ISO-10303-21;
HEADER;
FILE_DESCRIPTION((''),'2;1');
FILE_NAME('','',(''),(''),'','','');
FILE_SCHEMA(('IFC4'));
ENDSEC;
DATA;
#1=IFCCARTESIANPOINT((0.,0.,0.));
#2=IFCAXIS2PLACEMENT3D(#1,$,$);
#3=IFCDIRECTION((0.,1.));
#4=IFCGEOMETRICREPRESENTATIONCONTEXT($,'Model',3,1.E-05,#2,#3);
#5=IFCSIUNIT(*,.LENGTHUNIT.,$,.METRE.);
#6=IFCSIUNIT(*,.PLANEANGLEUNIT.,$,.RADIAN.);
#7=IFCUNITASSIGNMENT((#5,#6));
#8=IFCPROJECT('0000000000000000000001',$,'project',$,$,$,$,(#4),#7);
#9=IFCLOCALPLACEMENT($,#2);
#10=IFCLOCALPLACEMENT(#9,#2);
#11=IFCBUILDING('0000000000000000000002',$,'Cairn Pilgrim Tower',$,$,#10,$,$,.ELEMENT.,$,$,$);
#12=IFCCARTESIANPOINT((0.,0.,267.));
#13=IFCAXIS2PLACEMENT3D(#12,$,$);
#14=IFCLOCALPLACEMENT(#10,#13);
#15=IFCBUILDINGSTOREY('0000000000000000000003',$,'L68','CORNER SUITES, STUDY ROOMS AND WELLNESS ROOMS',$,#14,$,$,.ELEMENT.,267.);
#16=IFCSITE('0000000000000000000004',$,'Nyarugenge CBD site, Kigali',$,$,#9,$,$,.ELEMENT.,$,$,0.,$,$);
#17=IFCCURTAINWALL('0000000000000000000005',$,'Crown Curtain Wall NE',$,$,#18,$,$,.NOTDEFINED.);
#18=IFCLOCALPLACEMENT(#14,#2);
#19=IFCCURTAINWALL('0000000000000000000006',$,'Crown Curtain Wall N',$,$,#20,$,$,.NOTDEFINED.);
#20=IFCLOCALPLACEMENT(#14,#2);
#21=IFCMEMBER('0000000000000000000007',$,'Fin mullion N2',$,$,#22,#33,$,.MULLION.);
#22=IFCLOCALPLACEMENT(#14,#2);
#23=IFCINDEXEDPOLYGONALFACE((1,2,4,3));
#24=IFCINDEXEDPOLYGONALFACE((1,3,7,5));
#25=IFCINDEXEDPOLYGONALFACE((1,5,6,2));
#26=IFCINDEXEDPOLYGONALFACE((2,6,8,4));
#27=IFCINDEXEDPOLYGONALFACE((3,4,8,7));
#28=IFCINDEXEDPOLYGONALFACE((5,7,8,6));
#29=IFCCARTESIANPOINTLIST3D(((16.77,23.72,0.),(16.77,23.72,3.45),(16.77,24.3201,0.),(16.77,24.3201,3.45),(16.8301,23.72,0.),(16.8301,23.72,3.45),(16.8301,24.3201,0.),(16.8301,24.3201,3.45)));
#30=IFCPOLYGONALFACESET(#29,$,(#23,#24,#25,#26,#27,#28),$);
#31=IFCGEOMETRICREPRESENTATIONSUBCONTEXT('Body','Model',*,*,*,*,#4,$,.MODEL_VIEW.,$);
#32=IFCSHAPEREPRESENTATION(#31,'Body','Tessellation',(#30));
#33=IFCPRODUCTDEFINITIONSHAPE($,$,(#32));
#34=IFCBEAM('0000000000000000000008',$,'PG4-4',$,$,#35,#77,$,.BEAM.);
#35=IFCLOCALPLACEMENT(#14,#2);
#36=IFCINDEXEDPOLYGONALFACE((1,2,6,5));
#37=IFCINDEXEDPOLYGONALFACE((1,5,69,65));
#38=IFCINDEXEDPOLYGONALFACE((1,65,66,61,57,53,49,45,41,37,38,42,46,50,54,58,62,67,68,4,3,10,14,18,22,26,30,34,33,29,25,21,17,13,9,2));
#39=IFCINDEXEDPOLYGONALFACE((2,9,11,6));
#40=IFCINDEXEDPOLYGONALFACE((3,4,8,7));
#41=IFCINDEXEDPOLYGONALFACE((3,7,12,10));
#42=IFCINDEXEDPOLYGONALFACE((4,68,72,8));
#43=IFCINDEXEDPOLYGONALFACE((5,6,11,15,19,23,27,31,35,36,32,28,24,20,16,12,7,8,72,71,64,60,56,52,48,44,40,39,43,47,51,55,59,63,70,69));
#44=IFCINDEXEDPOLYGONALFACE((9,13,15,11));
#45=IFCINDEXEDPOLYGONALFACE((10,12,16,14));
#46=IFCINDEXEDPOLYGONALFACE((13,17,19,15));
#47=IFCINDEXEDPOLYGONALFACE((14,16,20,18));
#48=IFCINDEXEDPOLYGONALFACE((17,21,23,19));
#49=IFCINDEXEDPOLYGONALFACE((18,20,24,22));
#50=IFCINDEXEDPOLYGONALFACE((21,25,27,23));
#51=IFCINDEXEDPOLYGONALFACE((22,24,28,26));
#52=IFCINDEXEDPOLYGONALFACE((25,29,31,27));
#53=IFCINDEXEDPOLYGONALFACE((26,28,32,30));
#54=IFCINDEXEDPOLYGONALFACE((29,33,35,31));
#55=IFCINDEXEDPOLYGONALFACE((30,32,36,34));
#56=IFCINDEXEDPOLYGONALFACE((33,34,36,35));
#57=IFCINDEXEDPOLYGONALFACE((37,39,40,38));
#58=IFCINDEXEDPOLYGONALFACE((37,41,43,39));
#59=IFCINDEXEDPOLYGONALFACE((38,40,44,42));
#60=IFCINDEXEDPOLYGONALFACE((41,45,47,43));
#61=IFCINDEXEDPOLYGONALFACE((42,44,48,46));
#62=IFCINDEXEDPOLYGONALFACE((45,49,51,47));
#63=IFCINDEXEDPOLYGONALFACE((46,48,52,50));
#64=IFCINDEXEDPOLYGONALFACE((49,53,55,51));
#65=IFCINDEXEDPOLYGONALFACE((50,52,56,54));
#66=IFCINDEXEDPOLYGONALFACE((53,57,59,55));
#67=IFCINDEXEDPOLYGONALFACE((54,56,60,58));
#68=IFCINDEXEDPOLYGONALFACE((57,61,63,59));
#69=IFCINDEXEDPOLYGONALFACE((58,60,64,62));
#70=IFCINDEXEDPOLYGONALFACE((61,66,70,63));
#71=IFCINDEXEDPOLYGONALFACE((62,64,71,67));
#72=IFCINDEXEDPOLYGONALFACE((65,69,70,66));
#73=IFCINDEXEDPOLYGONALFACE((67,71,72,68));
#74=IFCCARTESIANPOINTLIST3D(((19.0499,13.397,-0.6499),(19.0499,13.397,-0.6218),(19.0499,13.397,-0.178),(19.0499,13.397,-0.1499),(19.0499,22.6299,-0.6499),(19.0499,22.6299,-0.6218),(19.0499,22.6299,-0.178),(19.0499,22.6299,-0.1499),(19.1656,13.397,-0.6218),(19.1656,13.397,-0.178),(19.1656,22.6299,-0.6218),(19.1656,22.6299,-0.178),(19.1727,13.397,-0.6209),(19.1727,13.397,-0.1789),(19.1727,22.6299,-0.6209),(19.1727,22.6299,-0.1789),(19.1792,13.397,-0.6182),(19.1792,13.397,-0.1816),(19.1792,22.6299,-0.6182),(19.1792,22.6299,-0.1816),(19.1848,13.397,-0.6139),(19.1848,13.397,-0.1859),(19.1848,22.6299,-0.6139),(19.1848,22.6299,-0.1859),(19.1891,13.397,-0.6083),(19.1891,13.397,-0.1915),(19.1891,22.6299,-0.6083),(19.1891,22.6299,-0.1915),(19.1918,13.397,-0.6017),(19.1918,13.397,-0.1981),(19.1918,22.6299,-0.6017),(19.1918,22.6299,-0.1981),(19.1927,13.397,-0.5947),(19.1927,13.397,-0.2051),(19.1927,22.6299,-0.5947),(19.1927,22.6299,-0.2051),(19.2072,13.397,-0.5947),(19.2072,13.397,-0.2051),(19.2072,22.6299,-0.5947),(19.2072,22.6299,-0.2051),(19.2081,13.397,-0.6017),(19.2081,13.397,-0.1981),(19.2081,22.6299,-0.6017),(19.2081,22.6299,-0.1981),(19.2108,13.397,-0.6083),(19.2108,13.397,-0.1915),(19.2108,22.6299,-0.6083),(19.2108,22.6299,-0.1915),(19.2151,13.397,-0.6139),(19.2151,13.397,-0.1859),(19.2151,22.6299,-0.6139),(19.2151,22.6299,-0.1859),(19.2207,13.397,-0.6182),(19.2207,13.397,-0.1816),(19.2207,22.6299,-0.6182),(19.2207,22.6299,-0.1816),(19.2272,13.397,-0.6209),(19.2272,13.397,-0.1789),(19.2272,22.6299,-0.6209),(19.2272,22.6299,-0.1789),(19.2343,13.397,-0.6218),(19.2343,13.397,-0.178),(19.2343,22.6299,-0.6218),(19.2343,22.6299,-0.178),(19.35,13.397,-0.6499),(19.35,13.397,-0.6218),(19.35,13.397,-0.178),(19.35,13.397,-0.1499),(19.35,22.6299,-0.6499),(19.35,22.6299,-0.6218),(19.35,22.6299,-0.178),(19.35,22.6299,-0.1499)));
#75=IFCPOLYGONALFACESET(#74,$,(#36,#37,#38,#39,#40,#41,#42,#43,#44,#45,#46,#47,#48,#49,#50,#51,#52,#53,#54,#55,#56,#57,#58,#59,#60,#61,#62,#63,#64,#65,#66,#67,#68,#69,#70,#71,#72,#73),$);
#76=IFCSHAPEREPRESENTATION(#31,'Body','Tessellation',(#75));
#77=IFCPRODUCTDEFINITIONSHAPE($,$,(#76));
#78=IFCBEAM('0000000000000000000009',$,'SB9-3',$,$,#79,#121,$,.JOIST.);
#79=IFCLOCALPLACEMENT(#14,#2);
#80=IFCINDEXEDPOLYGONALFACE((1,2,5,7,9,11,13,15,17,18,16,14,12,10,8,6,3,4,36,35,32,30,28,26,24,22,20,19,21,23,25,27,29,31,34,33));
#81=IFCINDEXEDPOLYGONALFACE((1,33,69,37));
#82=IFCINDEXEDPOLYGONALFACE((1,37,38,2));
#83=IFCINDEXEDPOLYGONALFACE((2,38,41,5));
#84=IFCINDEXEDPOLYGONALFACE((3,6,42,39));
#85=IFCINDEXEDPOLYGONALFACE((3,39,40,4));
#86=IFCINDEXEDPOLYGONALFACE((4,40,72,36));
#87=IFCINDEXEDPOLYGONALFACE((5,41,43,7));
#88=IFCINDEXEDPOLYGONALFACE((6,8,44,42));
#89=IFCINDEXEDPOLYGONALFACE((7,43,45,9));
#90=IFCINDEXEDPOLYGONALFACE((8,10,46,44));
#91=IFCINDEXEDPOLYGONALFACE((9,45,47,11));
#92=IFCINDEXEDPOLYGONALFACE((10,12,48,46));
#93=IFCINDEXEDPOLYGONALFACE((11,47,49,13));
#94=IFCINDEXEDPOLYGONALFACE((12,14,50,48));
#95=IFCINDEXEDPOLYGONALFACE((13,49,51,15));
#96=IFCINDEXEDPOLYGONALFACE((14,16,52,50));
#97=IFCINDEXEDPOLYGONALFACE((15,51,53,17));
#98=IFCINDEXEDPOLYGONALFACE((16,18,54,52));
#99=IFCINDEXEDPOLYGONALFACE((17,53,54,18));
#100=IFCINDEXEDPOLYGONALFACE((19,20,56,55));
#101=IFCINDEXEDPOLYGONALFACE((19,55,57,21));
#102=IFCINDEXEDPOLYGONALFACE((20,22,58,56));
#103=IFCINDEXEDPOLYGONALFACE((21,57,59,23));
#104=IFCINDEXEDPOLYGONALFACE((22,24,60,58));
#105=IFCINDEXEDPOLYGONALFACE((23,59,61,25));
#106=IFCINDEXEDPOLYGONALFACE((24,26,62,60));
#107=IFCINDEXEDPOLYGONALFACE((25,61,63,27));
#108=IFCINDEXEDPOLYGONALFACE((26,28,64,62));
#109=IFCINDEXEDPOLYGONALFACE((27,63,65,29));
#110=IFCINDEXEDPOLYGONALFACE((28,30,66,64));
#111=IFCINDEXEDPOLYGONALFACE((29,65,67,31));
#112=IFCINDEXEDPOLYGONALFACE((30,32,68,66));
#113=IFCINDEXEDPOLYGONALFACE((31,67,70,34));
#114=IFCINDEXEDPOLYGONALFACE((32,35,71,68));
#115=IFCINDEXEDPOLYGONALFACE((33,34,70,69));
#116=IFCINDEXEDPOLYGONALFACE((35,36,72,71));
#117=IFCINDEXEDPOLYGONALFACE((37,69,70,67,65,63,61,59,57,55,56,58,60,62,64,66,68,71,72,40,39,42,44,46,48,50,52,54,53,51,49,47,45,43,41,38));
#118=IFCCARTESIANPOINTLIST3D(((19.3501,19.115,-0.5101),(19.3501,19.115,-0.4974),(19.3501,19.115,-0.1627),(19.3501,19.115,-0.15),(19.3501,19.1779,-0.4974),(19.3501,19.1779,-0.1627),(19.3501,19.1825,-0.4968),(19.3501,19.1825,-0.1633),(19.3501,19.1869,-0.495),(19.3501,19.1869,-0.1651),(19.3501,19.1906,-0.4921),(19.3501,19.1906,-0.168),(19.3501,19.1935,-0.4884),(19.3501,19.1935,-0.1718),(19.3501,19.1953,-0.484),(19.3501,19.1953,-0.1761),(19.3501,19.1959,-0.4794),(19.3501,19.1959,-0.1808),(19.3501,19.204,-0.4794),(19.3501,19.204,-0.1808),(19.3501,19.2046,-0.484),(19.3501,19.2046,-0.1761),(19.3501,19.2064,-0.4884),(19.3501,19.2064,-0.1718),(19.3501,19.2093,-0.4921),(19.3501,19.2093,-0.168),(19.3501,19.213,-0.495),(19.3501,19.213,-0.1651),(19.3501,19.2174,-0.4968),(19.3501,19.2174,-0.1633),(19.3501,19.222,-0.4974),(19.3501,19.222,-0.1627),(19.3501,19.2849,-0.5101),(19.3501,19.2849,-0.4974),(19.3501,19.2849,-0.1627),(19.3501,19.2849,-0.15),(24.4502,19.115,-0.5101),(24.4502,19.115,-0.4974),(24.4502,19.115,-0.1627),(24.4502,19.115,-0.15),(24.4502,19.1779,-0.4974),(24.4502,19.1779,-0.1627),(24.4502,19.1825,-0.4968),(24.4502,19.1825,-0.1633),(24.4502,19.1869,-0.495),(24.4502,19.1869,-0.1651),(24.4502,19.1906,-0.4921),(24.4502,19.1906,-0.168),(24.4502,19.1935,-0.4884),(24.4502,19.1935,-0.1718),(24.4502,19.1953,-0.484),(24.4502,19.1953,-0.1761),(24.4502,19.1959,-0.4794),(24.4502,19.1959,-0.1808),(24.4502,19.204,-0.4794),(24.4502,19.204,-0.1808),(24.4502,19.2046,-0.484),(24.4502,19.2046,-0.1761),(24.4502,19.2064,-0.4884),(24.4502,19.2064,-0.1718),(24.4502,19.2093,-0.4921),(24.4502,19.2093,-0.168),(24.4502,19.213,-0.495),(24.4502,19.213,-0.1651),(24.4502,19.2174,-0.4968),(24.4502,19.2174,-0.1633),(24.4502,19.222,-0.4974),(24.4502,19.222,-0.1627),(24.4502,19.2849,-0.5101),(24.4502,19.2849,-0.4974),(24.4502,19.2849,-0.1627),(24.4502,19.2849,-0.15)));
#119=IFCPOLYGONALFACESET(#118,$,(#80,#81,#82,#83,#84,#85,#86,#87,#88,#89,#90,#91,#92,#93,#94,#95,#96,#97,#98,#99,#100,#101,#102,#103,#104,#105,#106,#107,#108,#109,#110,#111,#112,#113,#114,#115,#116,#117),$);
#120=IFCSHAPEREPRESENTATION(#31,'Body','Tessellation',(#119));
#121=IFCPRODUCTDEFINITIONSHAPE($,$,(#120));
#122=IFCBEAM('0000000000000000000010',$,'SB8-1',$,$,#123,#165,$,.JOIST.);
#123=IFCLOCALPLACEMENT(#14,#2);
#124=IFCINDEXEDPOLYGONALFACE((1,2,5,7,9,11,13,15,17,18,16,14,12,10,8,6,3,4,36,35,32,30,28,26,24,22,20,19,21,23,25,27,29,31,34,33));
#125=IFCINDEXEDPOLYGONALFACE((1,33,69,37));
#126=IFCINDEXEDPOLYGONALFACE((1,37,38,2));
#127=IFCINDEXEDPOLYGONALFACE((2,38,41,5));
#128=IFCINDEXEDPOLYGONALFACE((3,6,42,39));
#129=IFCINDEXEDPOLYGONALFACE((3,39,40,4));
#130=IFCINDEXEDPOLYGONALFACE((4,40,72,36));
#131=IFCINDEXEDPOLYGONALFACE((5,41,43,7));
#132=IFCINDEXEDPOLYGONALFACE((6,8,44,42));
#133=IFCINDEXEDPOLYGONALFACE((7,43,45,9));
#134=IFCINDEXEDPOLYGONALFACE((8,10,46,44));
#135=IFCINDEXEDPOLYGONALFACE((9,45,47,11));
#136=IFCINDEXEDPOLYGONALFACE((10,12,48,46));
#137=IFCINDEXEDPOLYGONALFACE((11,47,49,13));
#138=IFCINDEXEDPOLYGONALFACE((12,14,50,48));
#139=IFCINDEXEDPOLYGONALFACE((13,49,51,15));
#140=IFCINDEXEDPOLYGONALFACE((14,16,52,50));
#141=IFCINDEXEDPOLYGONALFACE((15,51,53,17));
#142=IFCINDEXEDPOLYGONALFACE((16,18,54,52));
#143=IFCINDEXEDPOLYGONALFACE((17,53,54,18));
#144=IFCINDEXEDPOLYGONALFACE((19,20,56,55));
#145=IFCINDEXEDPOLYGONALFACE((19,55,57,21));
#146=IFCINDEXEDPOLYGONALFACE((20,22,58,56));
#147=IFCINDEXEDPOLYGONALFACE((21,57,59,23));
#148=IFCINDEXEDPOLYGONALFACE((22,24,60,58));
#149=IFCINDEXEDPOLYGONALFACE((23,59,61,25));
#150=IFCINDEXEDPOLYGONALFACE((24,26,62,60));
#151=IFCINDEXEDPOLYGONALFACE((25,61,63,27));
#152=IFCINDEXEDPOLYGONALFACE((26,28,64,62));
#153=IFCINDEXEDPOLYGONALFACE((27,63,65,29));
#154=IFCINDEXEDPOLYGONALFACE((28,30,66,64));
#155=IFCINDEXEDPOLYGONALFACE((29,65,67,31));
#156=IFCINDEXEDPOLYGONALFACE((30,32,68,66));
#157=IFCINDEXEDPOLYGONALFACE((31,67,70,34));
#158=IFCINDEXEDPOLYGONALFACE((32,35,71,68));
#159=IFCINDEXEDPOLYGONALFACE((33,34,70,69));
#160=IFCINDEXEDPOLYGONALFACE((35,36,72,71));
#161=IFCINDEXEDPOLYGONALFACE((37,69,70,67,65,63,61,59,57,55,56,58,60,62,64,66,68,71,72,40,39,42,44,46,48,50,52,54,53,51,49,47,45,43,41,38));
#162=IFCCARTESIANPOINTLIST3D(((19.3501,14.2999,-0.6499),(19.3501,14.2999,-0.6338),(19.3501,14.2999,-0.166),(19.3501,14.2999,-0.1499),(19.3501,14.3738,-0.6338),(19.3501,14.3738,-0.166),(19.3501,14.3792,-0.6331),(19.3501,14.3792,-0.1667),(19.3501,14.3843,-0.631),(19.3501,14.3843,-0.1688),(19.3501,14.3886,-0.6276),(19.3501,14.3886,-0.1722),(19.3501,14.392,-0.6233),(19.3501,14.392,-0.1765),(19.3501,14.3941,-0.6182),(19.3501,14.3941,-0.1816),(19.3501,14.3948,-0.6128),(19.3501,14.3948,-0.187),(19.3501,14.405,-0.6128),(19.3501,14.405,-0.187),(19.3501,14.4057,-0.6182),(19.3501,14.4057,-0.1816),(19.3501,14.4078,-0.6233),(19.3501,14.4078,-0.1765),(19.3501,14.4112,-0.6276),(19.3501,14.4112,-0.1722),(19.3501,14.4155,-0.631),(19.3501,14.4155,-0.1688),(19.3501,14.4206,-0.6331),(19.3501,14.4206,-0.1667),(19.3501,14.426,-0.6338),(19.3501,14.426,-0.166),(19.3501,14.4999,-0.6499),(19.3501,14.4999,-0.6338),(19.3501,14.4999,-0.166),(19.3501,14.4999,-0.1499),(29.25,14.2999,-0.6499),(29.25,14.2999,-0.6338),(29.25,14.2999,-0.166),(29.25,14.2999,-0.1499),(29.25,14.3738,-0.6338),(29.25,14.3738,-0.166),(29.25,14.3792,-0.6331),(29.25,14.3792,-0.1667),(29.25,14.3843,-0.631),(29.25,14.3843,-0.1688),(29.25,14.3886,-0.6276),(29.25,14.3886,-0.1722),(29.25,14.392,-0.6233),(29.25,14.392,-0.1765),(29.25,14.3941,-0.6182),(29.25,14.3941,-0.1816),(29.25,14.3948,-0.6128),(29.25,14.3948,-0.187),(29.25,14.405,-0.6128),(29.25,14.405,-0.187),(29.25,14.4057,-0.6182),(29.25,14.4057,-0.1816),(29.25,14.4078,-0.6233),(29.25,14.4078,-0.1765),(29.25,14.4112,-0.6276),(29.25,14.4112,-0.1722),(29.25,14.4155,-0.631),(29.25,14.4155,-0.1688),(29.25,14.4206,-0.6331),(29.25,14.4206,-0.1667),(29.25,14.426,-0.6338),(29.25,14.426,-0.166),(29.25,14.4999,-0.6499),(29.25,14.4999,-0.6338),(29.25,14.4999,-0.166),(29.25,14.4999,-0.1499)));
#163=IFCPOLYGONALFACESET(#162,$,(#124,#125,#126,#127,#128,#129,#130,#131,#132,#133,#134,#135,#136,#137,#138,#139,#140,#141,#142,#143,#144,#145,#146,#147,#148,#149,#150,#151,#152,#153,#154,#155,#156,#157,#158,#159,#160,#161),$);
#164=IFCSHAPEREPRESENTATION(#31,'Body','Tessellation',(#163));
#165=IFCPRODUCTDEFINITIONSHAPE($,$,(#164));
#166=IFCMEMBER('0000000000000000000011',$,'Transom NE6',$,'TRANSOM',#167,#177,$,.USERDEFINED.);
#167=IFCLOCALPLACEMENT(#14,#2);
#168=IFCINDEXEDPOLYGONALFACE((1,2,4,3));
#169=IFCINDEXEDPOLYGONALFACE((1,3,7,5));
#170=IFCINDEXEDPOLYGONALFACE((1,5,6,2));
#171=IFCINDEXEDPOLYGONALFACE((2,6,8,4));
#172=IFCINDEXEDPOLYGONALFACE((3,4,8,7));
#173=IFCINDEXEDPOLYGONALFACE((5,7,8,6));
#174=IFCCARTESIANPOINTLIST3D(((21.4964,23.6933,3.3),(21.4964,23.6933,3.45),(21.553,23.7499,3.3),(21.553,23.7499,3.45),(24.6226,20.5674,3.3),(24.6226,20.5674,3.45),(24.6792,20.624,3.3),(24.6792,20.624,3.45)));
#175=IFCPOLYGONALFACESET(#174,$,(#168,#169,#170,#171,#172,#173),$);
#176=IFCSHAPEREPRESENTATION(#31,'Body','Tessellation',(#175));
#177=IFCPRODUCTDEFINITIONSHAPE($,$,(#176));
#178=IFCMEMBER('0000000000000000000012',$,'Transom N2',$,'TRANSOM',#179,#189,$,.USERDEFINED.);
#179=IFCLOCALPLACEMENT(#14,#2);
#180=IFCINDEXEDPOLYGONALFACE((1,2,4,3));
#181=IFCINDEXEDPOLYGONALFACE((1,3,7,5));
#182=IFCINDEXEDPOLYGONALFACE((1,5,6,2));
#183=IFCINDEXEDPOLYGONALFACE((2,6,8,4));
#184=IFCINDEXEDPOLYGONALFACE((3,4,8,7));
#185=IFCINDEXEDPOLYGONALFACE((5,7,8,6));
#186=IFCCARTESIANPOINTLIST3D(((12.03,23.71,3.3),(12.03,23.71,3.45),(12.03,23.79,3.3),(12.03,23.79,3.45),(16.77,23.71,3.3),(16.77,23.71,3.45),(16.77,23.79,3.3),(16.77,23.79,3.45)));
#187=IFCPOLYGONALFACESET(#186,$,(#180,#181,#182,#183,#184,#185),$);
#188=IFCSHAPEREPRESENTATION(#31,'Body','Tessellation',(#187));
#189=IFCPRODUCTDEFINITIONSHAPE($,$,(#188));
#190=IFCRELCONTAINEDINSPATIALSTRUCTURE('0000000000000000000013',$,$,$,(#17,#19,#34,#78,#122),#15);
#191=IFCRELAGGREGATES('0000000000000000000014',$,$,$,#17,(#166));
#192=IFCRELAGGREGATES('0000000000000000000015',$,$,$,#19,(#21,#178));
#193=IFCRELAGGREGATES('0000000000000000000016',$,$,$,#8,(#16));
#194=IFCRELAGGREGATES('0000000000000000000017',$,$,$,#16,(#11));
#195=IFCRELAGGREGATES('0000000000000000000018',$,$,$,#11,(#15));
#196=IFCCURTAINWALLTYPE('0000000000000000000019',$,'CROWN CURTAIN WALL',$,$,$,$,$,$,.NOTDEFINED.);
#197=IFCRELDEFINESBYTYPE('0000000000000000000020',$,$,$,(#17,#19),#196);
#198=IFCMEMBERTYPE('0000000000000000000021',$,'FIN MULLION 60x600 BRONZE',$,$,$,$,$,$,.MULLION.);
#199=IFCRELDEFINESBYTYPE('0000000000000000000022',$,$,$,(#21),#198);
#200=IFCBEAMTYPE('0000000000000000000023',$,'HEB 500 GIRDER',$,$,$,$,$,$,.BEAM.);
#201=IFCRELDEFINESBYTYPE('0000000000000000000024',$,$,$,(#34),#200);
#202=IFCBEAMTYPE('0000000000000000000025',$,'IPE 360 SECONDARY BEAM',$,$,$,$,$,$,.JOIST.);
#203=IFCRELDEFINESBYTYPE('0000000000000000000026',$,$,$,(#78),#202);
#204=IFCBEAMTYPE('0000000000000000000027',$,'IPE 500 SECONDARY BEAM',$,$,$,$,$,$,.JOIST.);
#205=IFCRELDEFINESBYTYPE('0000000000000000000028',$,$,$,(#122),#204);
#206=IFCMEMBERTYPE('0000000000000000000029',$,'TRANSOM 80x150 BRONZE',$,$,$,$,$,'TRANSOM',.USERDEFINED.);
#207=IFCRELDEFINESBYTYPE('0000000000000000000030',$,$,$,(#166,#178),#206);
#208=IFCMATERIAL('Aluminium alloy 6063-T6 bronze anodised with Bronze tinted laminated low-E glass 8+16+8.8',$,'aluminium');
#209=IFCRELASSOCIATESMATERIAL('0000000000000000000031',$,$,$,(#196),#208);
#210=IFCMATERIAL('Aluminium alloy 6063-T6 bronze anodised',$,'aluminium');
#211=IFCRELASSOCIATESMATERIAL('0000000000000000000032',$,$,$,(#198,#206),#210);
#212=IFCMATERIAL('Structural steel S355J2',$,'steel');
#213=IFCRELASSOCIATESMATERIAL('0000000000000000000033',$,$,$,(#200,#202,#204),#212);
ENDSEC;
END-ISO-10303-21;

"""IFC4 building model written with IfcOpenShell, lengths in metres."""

from ifc_helpers import new_model, si_unit, direction, frame, origin, origin_2d, place, context, subcontext, project, spatial, rectangle, i_section, extrude, material, material_profile, profile_set, type_object, element, aggregate, save


model = new_model("IFC4")

# Units and contexts
model_context = context("Model", 3, precision=1e-05, world=origin(), true_north=direction((0.0, 1.0)))
body_context = subcontext(model_context, "Body", "Model", "MODEL_VIEW")
ifc_project = project(units=[si_unit("LENGTHUNIT", "METRE"), si_unit("PLANEANGLEUNIT", "RADIAN")], contexts=[model_context])

# Site, building, storey
site_placement = place(None, origin())
site = spatial("IfcSite", under=ifc_project, at=site_placement, Name="Nyarugenge CBD site, Kigali", CompositionType="ELEMENT", RefElevation=0.0)
building_placement = place(site_placement, origin())
building = spatial("IfcBuilding", under=site, at=building_placement, Name="Cairn Pilgrim Tower", CompositionType="ELEMENT")
storey_placement = place(building_placement, frame((0.0, 0.0, 267.0)))
storey = spatial("IfcBuildingStorey", under=building, at=storey_placement, Name="L68", Description="CORNER SUITES, STUDY ROOMS AND WELLNESS ROOMS", CompositionType="ELEMENT", Elevation=267.0)

# Shared definitions
ifc_material_1 = material(Name="Structural steel S355J2", Category="steel")

# Curtain walls, member
ifc_material_2 = material(Name="Aluminium alloy 6063-T6 bronze anodised with Bronze tinted laminated low-E glass 8+16+8.8", Category="aluminium")
curtain_wall_type = type_object("IfcCurtainWallType", Name="CROWN CURTAIN WALL", PredefinedType="NOTDEFINED", material=ifc_material_2)
curtain_wall_1_placement = place(storey_placement, origin())
curtain_wall_1 = element("IfcCurtainWall", 1, at=curtain_wall_1_placement, inside=storey, type_object=curtain_wall_type, Name="Crown Curtain Wall NE", PredefinedType="NOTDEFINED")
ifc_material_3 = material(Name="Aluminium alloy 6063-T6 bronze anodised", Category="aluminium")
ifc_material_profile_1 = material_profile(ifc_material_3, rectangle(XDim=0.6001, YDim=0.0601, at=origin_2d()), Name="FIN MULLION 60x600 BRONZE")
ifc_profile_set_1 = profile_set([ifc_material_profile_1], Name="Aluminium alloy 6063-T6 bronze anodised")
member_type_1 = type_object("IfcMemberType", Name="FIN MULLION 60x600 BRONZE", PredefinedType="MULLION", material=ifc_profile_set_1)
curtain_wall_2_placement = place(storey_placement, origin())
curtain_wall_2 = element("IfcCurtainWall", 2, at=curtain_wall_2_placement, inside=storey, type_object=curtain_wall_type, Name="Crown Curtain Wall N", PredefinedType="NOTDEFINED")
member_1_placement = place(storey_placement, frame((16.8, 24.02, 0.0), z_axis=(0.0, 0.0, 1.0), x_axis=(0.0, 1.0, 0.0)))
member_1 = element("IfcMember", 3, at=member_1_placement, type_object=member_type_1, Name="Fin mullion N2", PredefinedType="MULLION", context=body_context, shape_type="SweptSolid", body=[
    extrude(rectangle(XDim=0.6001, YDim=0.0601, at=origin_2d()), origin(), (0.0, 0.0, 1.0), 3.45),
])

# Beams
ifc_material_profile_2 = material_profile(ifc_material_1, i_section(OverallWidth=0.3, OverallDepth=0.5, WebThickness=0.0144, FlangeThickness=0.0281, FilletRadius=0.0271, at=origin_2d()), Name="HEB 500")
ifc_profile_set_2 = profile_set([ifc_material_profile_2], Name="Structural steel S355J2")
beam_type_1 = type_object("IfcBeamType", Name="HEB 500 GIRDER", PredefinedType="BEAM", material=ifc_profile_set_2)
beam_1_placement = place(storey_placement, frame((19.2, 13.397, -0.3999), z_axis=(0.0, 1.0, 0.0), x_axis=(-1.0, 0.0, 0.0)))
element("IfcBeam", 4, at=beam_1_placement, inside=storey, type_object=beam_type_1, Name="PG4-4", PredefinedType="BEAM", context=body_context, shape_type="SweptSolid", body=[
    extrude(i_section(OverallWidth=0.3, OverallDepth=0.5, WebThickness=0.0144, FlangeThickness=0.0281, FilletRadius=0.0271, at=origin_2d()), origin(), (0.0, 0.0, 1.0), 9.2329),
])
ifc_material_profile_3 = material_profile(ifc_material_1, i_section(OverallWidth=0.1699, OverallDepth=0.3601, WebThickness=0.0081, FlangeThickness=0.0127, FilletRadius=0.0181, at=origin_2d()), Name="IPE 360")
ifc_profile_set_3 = profile_set([ifc_material_profile_3], Name="Structural steel S355J2")
beam_type_2 = type_object("IfcBeamType", Name="IPE 360 SECONDARY BEAM", PredefinedType="JOIST", material=ifc_profile_set_3)
beam_2_placement = place(storey_placement, frame((19.3501, 19.2, -0.3301), z_axis=(1.0, 0.0, 0.0), x_axis=(0.0, 1.0, 0.0)))
element("IfcBeam", 5, at=beam_2_placement, inside=storey, type_object=beam_type_2, Name="SB9-3", PredefinedType="JOIST", context=body_context, shape_type="SweptSolid", body=[
    extrude(i_section(OverallWidth=0.1699, OverallDepth=0.3601, WebThickness=0.0081, FlangeThickness=0.0127, FilletRadius=0.0181, at=origin_2d()), origin(), (0.0, 0.0, 1.0), 5.1001),
])
ifc_material_profile_4 = material_profile(ifc_material_1, i_section(OverallWidth=0.2, OverallDepth=0.5, WebThickness=0.0103, FlangeThickness=0.0161, FilletRadius=0.021, at=origin_2d()), Name="IPE 500")
ifc_profile_set_4 = profile_set([ifc_material_profile_4], Name="Structural steel S355J2")
beam_type_3 = type_object("IfcBeamType", Name="IPE 500 SECONDARY BEAM", PredefinedType="JOIST", material=ifc_profile_set_4)
beam_3_placement = place(storey_placement, frame((19.3501, 14.3999, -0.3999), z_axis=(1.0, 0.0, 0.0), x_axis=(0.0, 1.0, 0.0)))
element("IfcBeam", 6, at=beam_3_placement, inside=storey, type_object=beam_type_3, Name="SB8-1", PredefinedType="JOIST", context=body_context, shape_type="SweptSolid", body=[
    extrude(i_section(OverallWidth=0.2, OverallDepth=0.5, WebThickness=0.0103, FlangeThickness=0.0161, FilletRadius=0.021, at=origin_2d()), origin(), (0.0, 0.0, 1.0), 9.8999),
])

# Members
ifc_material_profile_5 = material_profile(ifc_material_3, rectangle(XDim=0.0801, YDim=0.1499, at=origin_2d()), Name="TRANSOM 80x150 BRONZE")
ifc_profile_set_5 = profile_set([ifc_material_profile_5], Name="Aluminium alloy 6063-T6 bronze anodised")
member_type_2 = type_object("IfcMemberType", Name="TRANSOM 80x150 BRONZE", ElementType="TRANSOM", PredefinedType="USERDEFINED", material=ifc_profile_set_5)
member_2_placement = place(storey_placement, frame((24.6509, 20.5957, 3.375), z_axis=(-0.707134, 0.707079, 0.0), x_axis=(-0.707079, -0.707134, 0.0)))
member_2 = element("IfcMember", 7, at=member_2_placement, type_object=member_type_2, Name="Transom NE6", ObjectType="TRANSOM", PredefinedType="USERDEFINED", context=body_context, shape_type="SweptSolid", body=[
    extrude(rectangle(XDim=0.0801, YDim=0.1499, at=origin_2d()), origin(), (0.0, 0.0, 1.0), 4.4209),
])
member_3_placement = place(storey_placement, frame((16.77, 23.75, 3.375), z_axis=(-1.0, 0.0, 0.0), x_axis=(0.0, -1.0, 0.0)))
member_3 = element("IfcMember", 8, at=member_3_placement, type_object=member_type_2, Name="Transom N2", ObjectType="TRANSOM", PredefinedType="USERDEFINED", context=body_context, shape_type="SweptSolid", body=[
    extrude(rectangle(XDim=0.0801, YDim=0.1499, at=origin_2d()), origin(), (0.0, 0.0, 1.0), 4.74),
])

aggregate(curtain_wall_1, [member_2])
aggregate(curtain_wall_2, [member_1, member_3])

save(model, "model.ifc")
